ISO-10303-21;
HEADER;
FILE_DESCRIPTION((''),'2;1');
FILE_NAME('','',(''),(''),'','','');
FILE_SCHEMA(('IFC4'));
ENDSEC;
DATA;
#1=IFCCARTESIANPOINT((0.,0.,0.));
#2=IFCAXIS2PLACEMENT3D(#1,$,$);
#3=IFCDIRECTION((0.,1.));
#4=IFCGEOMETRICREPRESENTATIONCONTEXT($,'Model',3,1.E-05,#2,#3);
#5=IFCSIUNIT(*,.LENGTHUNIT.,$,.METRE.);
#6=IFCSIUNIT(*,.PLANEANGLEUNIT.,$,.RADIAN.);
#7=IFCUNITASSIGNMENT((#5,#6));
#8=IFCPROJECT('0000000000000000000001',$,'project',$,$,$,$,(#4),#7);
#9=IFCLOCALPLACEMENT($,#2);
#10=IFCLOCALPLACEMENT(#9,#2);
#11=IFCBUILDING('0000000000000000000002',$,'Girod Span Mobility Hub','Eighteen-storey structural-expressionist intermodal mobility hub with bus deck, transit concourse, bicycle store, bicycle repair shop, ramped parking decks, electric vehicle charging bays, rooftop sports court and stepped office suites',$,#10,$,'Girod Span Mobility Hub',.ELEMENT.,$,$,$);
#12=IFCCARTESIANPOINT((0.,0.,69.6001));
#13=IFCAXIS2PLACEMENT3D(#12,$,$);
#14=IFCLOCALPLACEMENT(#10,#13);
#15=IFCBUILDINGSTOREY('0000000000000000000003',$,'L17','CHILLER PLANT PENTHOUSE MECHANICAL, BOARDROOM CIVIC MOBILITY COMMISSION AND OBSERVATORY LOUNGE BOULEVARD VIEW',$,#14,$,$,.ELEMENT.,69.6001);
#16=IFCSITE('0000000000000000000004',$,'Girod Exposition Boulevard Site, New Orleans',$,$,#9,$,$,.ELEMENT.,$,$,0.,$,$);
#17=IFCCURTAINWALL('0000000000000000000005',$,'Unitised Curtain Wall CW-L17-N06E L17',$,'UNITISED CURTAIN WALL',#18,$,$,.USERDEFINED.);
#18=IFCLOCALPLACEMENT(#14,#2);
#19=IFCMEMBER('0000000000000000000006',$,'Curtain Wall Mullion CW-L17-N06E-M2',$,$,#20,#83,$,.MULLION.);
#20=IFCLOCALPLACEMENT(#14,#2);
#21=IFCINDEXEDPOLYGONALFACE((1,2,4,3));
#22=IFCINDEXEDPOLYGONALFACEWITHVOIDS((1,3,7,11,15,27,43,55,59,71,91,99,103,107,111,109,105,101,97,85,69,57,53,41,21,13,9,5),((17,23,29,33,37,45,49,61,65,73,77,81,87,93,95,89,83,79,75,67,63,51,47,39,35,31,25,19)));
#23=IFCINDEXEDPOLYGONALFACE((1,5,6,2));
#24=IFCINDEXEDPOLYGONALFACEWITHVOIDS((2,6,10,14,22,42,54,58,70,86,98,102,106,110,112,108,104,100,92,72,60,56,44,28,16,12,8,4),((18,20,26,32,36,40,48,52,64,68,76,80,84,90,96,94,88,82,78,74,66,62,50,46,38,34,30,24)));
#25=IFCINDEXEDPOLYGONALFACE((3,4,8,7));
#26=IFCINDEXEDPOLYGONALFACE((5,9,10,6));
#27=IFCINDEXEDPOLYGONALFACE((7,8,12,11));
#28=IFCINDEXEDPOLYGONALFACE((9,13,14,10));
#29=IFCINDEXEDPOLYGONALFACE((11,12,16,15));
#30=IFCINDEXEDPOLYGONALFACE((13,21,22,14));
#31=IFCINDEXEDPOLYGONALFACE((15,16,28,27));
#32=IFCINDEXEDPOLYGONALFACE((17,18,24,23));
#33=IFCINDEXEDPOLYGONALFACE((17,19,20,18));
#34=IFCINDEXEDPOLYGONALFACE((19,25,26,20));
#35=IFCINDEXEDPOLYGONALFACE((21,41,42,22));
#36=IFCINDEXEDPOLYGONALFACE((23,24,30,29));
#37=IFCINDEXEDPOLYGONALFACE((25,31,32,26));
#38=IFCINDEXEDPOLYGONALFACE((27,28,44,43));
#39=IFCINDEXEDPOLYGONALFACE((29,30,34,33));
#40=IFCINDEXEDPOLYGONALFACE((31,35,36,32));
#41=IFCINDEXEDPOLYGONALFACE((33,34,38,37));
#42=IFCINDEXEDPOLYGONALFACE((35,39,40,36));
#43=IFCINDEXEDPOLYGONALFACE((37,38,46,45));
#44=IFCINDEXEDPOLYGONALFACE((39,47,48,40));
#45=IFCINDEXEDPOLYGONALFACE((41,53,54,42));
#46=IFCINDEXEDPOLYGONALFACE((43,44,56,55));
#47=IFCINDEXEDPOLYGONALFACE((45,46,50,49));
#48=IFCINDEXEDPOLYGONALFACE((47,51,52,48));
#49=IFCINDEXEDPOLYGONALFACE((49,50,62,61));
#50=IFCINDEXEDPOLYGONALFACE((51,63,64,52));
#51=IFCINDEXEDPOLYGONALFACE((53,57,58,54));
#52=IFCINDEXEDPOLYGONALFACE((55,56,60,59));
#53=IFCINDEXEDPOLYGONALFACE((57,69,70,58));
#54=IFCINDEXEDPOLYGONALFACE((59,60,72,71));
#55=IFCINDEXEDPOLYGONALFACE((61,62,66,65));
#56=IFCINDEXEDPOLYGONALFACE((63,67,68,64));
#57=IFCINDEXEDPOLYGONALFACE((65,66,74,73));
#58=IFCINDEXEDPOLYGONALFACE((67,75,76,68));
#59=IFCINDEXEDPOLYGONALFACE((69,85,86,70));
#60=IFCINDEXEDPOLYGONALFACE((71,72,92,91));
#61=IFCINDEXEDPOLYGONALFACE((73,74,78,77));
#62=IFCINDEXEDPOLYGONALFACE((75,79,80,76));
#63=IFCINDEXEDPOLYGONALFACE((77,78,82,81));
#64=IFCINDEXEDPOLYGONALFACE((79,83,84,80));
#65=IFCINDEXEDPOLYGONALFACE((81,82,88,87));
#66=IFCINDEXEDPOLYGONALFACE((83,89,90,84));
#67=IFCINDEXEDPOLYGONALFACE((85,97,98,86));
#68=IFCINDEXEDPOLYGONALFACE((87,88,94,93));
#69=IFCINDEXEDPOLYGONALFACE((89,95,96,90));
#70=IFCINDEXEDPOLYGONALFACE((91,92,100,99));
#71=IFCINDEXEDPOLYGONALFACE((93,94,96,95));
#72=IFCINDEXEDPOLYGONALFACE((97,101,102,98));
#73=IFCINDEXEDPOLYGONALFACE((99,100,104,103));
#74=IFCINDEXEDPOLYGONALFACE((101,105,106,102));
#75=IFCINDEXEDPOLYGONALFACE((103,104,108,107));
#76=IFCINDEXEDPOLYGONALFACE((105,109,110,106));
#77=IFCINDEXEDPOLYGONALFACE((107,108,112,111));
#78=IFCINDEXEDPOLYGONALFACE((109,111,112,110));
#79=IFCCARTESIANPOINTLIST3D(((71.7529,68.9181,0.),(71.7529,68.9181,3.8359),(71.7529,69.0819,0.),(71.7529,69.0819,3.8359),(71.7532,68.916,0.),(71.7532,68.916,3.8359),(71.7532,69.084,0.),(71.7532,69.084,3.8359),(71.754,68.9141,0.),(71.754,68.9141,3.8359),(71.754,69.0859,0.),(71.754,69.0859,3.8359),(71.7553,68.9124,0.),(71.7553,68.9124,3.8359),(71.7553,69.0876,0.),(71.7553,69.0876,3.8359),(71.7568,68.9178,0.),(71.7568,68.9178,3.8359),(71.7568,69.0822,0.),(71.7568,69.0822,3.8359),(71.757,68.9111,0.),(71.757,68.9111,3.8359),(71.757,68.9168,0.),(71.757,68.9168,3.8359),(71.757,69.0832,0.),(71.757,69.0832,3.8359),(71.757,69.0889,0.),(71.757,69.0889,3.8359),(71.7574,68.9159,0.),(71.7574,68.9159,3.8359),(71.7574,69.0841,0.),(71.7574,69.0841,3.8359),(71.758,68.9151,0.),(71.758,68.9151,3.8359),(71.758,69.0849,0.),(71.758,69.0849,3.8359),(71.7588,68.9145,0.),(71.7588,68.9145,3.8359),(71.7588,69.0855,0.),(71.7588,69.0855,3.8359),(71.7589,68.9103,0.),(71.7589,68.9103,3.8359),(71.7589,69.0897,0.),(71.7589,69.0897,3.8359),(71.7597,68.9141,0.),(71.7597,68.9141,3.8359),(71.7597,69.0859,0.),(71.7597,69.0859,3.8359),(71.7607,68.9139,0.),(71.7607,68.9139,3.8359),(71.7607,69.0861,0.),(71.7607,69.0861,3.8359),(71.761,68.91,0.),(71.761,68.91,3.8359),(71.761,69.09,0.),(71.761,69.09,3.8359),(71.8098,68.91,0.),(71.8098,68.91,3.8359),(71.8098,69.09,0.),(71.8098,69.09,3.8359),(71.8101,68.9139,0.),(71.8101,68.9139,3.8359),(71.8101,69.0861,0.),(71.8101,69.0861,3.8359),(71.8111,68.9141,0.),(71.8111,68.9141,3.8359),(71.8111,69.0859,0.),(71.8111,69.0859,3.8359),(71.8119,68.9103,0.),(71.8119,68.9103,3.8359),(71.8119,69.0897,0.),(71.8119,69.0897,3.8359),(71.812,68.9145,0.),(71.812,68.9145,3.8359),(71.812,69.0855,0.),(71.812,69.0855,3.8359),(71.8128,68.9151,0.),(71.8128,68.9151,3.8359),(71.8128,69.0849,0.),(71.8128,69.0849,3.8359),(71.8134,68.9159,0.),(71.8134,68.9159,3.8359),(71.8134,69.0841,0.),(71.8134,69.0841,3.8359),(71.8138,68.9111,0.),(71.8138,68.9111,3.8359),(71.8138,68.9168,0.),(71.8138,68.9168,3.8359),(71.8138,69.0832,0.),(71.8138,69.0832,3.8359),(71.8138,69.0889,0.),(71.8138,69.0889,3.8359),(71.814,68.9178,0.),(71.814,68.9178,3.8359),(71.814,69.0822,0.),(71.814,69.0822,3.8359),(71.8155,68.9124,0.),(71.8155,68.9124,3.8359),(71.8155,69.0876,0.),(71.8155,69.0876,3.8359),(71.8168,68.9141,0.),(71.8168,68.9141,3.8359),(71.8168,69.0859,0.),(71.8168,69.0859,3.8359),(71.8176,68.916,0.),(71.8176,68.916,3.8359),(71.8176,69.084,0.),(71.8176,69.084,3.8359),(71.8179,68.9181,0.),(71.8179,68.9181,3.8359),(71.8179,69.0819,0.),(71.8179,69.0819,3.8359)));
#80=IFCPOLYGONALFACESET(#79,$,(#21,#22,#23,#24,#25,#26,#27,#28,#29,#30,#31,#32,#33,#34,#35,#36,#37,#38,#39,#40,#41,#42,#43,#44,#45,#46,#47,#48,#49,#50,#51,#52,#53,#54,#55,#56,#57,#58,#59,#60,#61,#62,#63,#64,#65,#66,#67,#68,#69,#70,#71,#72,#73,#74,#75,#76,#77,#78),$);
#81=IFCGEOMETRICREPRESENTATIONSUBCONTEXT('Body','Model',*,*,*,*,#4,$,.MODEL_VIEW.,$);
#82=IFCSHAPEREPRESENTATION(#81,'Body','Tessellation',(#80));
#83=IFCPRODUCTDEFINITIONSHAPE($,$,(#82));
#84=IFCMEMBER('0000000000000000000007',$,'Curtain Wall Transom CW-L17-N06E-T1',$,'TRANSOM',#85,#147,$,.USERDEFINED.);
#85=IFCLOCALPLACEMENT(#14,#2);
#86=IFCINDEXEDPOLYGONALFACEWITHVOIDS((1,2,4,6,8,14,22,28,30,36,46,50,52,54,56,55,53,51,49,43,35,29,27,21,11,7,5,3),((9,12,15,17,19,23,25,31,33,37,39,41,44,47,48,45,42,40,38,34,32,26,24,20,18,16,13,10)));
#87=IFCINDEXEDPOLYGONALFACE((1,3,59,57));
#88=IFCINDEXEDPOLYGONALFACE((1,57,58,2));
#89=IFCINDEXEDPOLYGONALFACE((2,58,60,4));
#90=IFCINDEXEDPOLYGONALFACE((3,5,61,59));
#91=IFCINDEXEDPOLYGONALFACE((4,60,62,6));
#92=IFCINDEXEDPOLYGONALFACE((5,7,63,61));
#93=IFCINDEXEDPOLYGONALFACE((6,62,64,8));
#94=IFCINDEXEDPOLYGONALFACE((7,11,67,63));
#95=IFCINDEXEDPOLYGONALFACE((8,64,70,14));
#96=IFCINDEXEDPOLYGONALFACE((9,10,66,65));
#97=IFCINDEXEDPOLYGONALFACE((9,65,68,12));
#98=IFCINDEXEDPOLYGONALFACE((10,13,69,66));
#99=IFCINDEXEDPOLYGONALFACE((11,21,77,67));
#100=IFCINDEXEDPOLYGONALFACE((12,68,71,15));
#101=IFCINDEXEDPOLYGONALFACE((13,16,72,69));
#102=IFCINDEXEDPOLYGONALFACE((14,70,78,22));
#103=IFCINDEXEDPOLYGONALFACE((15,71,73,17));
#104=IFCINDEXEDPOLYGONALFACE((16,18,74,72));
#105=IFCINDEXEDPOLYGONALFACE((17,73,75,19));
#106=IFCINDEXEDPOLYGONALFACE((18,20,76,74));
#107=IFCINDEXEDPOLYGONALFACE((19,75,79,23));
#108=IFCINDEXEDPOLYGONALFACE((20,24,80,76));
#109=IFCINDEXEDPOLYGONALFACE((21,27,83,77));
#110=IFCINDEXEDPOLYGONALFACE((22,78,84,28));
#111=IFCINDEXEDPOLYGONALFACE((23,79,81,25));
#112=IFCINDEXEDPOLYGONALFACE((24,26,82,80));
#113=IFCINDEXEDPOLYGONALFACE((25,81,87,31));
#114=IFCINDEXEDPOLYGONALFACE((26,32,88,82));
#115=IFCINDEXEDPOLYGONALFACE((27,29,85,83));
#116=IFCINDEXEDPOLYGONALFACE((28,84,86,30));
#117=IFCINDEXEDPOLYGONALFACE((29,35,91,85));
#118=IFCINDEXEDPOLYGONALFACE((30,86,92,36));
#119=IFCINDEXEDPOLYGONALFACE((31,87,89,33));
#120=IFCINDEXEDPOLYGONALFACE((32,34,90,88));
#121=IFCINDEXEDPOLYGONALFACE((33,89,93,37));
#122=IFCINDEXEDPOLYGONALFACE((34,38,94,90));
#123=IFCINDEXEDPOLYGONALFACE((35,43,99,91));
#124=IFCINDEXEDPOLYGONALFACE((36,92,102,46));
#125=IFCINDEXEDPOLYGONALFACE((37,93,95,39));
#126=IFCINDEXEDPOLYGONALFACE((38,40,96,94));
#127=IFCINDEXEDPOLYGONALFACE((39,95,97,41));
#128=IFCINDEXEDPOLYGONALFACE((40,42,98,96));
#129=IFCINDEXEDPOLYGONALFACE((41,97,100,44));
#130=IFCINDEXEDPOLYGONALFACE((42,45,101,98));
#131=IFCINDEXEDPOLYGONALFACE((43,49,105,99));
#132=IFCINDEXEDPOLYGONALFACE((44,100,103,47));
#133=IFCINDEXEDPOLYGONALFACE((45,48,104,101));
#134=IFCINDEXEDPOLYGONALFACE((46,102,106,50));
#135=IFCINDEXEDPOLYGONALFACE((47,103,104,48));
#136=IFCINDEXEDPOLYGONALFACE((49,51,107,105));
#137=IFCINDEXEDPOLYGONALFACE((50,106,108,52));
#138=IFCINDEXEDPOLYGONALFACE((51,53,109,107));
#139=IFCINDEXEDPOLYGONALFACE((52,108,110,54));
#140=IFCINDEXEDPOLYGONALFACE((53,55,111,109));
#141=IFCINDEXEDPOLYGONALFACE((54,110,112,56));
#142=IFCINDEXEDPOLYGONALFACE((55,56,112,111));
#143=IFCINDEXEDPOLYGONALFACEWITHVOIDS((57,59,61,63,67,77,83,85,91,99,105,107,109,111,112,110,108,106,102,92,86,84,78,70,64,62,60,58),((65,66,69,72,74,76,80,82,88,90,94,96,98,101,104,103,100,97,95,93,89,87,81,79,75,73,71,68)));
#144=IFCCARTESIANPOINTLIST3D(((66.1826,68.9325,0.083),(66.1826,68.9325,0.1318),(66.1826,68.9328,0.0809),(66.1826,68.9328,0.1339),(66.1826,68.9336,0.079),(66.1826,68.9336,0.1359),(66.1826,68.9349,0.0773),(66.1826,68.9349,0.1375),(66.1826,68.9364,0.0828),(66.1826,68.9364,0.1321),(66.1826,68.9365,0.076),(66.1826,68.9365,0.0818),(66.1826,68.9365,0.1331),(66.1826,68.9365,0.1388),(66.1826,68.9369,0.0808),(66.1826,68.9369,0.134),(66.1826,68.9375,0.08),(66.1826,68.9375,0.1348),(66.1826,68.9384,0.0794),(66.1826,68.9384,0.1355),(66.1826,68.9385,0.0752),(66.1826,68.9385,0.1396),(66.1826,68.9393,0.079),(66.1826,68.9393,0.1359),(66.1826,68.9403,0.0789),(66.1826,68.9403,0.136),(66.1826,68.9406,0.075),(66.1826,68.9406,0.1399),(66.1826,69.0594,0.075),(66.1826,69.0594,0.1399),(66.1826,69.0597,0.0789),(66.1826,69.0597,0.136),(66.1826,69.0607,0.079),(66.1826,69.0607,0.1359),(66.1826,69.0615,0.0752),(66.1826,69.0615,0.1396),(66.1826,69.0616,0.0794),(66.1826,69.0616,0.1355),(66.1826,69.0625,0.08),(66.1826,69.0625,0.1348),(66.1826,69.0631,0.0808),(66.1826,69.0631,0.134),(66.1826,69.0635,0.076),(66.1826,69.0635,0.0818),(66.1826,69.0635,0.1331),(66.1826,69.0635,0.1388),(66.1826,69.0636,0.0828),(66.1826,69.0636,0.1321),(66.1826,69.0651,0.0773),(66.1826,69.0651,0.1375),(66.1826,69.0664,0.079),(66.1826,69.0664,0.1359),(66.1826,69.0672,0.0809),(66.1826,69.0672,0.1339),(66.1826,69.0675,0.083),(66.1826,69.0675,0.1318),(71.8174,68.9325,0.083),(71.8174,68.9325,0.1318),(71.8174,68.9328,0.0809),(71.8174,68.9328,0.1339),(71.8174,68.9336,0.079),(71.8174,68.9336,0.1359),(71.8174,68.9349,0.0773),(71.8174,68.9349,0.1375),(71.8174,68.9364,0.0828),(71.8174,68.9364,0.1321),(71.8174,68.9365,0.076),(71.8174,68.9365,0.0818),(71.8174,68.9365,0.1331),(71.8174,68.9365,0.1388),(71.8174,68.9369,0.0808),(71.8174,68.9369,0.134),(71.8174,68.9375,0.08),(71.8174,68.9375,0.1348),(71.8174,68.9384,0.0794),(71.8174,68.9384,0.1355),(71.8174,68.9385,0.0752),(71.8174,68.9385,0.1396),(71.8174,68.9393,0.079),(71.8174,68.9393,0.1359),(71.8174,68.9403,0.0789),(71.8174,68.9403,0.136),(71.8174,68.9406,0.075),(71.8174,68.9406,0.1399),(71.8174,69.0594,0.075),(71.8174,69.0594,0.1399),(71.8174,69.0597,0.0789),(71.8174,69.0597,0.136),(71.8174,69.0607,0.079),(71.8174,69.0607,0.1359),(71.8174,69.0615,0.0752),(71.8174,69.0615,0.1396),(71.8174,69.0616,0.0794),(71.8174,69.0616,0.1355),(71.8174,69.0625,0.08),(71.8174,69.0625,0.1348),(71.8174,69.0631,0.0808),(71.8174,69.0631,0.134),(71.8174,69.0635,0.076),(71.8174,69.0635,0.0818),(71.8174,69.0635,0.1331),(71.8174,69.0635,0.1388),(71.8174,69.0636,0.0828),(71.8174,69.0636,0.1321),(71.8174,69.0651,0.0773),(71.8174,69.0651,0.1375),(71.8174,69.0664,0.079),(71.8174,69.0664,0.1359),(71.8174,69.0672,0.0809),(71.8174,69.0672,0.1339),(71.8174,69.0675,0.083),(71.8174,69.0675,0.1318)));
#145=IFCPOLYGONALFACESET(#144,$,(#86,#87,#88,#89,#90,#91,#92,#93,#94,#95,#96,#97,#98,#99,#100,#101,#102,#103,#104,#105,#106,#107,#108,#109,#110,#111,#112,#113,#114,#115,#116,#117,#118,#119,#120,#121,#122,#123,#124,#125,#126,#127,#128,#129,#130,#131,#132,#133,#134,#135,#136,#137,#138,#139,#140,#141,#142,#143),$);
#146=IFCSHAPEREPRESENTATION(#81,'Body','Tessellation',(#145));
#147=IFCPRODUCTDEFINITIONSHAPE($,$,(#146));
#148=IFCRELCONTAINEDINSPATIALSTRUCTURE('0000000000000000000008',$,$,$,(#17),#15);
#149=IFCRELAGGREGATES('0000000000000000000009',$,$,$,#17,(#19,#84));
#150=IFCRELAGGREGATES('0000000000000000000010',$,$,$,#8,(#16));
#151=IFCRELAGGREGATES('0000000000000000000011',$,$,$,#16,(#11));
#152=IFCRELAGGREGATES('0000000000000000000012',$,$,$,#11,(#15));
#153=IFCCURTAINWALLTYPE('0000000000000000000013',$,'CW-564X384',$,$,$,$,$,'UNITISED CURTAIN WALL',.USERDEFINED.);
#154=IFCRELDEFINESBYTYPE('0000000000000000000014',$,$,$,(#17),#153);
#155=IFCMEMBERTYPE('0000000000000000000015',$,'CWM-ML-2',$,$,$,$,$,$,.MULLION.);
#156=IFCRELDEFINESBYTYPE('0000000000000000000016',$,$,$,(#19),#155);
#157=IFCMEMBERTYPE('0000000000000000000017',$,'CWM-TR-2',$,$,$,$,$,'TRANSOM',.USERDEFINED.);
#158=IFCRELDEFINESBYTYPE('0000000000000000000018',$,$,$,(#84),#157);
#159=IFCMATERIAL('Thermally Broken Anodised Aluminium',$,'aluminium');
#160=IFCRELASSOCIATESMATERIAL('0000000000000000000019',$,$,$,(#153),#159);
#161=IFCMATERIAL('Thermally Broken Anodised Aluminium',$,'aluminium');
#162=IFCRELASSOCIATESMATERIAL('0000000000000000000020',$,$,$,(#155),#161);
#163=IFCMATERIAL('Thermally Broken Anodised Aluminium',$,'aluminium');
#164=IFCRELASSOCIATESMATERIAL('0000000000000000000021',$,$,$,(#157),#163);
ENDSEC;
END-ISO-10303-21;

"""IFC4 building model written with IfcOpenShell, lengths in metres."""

from ifc_helpers import new_model, si_unit, direction, frame, origin, origin_2d, place, context, subcontext, project, spatial, hollow_rectangle, extrude, material, material_profile, profile_set, type_object, element, aggregate, save


model = new_model("IFC4")

# Units and contexts
model_context = context("Model", 3, precision=1e-05, world=origin(), true_north=direction((0.0, 1.0)))
body_context = subcontext(model_context, "Body", "Model", "MODEL_VIEW")
ifc_project = project(units=[si_unit("LENGTHUNIT", "METRE"), si_unit("PLANEANGLEUNIT", "RADIAN")], contexts=[model_context])

# Site, building, storey
site_placement = place(None, origin())
site = spatial("IfcSite", under=ifc_project, at=site_placement, Name="Girod Exposition Boulevard Site, New Orleans", CompositionType="ELEMENT", RefElevation=0.0)
building_placement = place(site_placement, origin())
building = spatial("IfcBuilding", under=site, at=building_placement, Name="Girod Span Mobility Hub", Description="Eighteen-storey structural-expressionist intermodal mobility hub with bus deck, transit concourse, bicycle store, bicycle repair shop, ramped parking decks, electric vehicle charging bays, rooftop sports court and stepped office suites", LongName="Girod Span Mobility Hub", CompositionType="ELEMENT")
storey_placement = place(building_placement, frame((0.0, 0.0, 69.6001)))
storey = spatial("IfcBuildingStorey", under=building, at=storey_placement, Name="L17", Description="CHILLER PLANT PENTHOUSE MECHANICAL, BOARDROOM CIVIC MOBILITY COMMISSION AND OBSERVATORY LOUNGE BOULEVARD VIEW", CompositionType="ELEMENT", Elevation=69.6001)

# Curtain wall, members
ifc_material_1 = material(Name="Thermally Broken Anodised Aluminium", Category="aluminium")
curtain_wall_type = type_object("IfcCurtainWallType", Name="CW-564X384", ElementType="UNITISED CURTAIN WALL", PredefinedType="USERDEFINED", material=ifc_material_1)
curtain_wall_1_placement = place(storey_placement, origin())
curtain_wall_1 = element("IfcCurtainWall", 1, at=curtain_wall_1_placement, inside=storey, type_object=curtain_wall_type, Name="Unitised Curtain Wall CW-L17-N06E L17", ObjectType="UNITISED CURTAIN WALL", PredefinedType="USERDEFINED")
ifc_material_2 = material(Name="Thermally Broken Anodised Aluminium", Category="aluminium")
ifc_material_profile_1 = material_profile(ifc_material_2, hollow_rectangle(XDim=0.1799, YDim=0.0649, WallThickness=0.0039, InnerFilletRadius=0.0039, OuterFilletRadius=0.0081, at=origin_2d()), Name="CW-ML-65X180")
ifc_profile_set_1 = profile_set([ifc_material_profile_1], Name="Thermally Broken Anodised Aluminium")
member_type_1 = type_object("IfcMemberType", Name="CWM-ML-2", PredefinedType="MULLION", material=ifc_profile_set_1)
member_1_placement = place(storey_placement, frame((71.7854, 69.0, 0.0), z_axis=(0.0, 0.0, 1.0), x_axis=(0.0, 1.0, 0.0)))
member_1 = element("IfcMember", 2, at=member_1_placement, type_object=member_type_1, Name="Curtain Wall Mullion CW-L17-N06E-M2", PredefinedType="MULLION", context=body_context, shape_type="SweptSolid", body=[
    extrude(hollow_rectangle(XDim=0.1799, YDim=0.0649, WallThickness=0.0039, InnerFilletRadius=0.0039, OuterFilletRadius=0.0081, at=origin_2d()), origin(), (0.0, 0.0, 1.0), 3.8359),
])
ifc_material_3 = material(Name="Thermally Broken Anodised Aluminium", Category="aluminium")
ifc_material_profile_2 = material_profile(ifc_material_3, hollow_rectangle(XDim=0.135, YDim=0.0649, WallThickness=0.0039, InnerFilletRadius=0.0039, OuterFilletRadius=0.0081, at=origin_2d()), Name="CW-TR-65X135")
ifc_profile_set_2 = profile_set([ifc_material_profile_2], Name="Thermally Broken Anodised Aluminium")
member_type_2 = type_object("IfcMemberType", Name="CWM-TR-2", ElementType="TRANSOM", PredefinedType="USERDEFINED", material=ifc_profile_set_2)
member_2_placement = place(storey_placement, frame((66.1826, 69.0, 0.1074), z_axis=(1.0, 0.0, 0.0), x_axis=(0.0, 1.0, 0.0)))
member_2 = element("IfcMember", 3, at=member_2_placement, type_object=member_type_2, Name="Curtain Wall Transom CW-L17-N06E-T1", ObjectType="TRANSOM", PredefinedType="USERDEFINED", context=body_context, shape_type="SweptSolid", body=[
    extrude(hollow_rectangle(XDim=0.135, YDim=0.0649, WallThickness=0.0039, InnerFilletRadius=0.0039, OuterFilletRadius=0.0081, at=origin_2d()), origin(), (0.0, 0.0, 1.0), 5.6348),
])

aggregate(curtain_wall_1, [member_1, member_2])

save(model, "model.ifc")
